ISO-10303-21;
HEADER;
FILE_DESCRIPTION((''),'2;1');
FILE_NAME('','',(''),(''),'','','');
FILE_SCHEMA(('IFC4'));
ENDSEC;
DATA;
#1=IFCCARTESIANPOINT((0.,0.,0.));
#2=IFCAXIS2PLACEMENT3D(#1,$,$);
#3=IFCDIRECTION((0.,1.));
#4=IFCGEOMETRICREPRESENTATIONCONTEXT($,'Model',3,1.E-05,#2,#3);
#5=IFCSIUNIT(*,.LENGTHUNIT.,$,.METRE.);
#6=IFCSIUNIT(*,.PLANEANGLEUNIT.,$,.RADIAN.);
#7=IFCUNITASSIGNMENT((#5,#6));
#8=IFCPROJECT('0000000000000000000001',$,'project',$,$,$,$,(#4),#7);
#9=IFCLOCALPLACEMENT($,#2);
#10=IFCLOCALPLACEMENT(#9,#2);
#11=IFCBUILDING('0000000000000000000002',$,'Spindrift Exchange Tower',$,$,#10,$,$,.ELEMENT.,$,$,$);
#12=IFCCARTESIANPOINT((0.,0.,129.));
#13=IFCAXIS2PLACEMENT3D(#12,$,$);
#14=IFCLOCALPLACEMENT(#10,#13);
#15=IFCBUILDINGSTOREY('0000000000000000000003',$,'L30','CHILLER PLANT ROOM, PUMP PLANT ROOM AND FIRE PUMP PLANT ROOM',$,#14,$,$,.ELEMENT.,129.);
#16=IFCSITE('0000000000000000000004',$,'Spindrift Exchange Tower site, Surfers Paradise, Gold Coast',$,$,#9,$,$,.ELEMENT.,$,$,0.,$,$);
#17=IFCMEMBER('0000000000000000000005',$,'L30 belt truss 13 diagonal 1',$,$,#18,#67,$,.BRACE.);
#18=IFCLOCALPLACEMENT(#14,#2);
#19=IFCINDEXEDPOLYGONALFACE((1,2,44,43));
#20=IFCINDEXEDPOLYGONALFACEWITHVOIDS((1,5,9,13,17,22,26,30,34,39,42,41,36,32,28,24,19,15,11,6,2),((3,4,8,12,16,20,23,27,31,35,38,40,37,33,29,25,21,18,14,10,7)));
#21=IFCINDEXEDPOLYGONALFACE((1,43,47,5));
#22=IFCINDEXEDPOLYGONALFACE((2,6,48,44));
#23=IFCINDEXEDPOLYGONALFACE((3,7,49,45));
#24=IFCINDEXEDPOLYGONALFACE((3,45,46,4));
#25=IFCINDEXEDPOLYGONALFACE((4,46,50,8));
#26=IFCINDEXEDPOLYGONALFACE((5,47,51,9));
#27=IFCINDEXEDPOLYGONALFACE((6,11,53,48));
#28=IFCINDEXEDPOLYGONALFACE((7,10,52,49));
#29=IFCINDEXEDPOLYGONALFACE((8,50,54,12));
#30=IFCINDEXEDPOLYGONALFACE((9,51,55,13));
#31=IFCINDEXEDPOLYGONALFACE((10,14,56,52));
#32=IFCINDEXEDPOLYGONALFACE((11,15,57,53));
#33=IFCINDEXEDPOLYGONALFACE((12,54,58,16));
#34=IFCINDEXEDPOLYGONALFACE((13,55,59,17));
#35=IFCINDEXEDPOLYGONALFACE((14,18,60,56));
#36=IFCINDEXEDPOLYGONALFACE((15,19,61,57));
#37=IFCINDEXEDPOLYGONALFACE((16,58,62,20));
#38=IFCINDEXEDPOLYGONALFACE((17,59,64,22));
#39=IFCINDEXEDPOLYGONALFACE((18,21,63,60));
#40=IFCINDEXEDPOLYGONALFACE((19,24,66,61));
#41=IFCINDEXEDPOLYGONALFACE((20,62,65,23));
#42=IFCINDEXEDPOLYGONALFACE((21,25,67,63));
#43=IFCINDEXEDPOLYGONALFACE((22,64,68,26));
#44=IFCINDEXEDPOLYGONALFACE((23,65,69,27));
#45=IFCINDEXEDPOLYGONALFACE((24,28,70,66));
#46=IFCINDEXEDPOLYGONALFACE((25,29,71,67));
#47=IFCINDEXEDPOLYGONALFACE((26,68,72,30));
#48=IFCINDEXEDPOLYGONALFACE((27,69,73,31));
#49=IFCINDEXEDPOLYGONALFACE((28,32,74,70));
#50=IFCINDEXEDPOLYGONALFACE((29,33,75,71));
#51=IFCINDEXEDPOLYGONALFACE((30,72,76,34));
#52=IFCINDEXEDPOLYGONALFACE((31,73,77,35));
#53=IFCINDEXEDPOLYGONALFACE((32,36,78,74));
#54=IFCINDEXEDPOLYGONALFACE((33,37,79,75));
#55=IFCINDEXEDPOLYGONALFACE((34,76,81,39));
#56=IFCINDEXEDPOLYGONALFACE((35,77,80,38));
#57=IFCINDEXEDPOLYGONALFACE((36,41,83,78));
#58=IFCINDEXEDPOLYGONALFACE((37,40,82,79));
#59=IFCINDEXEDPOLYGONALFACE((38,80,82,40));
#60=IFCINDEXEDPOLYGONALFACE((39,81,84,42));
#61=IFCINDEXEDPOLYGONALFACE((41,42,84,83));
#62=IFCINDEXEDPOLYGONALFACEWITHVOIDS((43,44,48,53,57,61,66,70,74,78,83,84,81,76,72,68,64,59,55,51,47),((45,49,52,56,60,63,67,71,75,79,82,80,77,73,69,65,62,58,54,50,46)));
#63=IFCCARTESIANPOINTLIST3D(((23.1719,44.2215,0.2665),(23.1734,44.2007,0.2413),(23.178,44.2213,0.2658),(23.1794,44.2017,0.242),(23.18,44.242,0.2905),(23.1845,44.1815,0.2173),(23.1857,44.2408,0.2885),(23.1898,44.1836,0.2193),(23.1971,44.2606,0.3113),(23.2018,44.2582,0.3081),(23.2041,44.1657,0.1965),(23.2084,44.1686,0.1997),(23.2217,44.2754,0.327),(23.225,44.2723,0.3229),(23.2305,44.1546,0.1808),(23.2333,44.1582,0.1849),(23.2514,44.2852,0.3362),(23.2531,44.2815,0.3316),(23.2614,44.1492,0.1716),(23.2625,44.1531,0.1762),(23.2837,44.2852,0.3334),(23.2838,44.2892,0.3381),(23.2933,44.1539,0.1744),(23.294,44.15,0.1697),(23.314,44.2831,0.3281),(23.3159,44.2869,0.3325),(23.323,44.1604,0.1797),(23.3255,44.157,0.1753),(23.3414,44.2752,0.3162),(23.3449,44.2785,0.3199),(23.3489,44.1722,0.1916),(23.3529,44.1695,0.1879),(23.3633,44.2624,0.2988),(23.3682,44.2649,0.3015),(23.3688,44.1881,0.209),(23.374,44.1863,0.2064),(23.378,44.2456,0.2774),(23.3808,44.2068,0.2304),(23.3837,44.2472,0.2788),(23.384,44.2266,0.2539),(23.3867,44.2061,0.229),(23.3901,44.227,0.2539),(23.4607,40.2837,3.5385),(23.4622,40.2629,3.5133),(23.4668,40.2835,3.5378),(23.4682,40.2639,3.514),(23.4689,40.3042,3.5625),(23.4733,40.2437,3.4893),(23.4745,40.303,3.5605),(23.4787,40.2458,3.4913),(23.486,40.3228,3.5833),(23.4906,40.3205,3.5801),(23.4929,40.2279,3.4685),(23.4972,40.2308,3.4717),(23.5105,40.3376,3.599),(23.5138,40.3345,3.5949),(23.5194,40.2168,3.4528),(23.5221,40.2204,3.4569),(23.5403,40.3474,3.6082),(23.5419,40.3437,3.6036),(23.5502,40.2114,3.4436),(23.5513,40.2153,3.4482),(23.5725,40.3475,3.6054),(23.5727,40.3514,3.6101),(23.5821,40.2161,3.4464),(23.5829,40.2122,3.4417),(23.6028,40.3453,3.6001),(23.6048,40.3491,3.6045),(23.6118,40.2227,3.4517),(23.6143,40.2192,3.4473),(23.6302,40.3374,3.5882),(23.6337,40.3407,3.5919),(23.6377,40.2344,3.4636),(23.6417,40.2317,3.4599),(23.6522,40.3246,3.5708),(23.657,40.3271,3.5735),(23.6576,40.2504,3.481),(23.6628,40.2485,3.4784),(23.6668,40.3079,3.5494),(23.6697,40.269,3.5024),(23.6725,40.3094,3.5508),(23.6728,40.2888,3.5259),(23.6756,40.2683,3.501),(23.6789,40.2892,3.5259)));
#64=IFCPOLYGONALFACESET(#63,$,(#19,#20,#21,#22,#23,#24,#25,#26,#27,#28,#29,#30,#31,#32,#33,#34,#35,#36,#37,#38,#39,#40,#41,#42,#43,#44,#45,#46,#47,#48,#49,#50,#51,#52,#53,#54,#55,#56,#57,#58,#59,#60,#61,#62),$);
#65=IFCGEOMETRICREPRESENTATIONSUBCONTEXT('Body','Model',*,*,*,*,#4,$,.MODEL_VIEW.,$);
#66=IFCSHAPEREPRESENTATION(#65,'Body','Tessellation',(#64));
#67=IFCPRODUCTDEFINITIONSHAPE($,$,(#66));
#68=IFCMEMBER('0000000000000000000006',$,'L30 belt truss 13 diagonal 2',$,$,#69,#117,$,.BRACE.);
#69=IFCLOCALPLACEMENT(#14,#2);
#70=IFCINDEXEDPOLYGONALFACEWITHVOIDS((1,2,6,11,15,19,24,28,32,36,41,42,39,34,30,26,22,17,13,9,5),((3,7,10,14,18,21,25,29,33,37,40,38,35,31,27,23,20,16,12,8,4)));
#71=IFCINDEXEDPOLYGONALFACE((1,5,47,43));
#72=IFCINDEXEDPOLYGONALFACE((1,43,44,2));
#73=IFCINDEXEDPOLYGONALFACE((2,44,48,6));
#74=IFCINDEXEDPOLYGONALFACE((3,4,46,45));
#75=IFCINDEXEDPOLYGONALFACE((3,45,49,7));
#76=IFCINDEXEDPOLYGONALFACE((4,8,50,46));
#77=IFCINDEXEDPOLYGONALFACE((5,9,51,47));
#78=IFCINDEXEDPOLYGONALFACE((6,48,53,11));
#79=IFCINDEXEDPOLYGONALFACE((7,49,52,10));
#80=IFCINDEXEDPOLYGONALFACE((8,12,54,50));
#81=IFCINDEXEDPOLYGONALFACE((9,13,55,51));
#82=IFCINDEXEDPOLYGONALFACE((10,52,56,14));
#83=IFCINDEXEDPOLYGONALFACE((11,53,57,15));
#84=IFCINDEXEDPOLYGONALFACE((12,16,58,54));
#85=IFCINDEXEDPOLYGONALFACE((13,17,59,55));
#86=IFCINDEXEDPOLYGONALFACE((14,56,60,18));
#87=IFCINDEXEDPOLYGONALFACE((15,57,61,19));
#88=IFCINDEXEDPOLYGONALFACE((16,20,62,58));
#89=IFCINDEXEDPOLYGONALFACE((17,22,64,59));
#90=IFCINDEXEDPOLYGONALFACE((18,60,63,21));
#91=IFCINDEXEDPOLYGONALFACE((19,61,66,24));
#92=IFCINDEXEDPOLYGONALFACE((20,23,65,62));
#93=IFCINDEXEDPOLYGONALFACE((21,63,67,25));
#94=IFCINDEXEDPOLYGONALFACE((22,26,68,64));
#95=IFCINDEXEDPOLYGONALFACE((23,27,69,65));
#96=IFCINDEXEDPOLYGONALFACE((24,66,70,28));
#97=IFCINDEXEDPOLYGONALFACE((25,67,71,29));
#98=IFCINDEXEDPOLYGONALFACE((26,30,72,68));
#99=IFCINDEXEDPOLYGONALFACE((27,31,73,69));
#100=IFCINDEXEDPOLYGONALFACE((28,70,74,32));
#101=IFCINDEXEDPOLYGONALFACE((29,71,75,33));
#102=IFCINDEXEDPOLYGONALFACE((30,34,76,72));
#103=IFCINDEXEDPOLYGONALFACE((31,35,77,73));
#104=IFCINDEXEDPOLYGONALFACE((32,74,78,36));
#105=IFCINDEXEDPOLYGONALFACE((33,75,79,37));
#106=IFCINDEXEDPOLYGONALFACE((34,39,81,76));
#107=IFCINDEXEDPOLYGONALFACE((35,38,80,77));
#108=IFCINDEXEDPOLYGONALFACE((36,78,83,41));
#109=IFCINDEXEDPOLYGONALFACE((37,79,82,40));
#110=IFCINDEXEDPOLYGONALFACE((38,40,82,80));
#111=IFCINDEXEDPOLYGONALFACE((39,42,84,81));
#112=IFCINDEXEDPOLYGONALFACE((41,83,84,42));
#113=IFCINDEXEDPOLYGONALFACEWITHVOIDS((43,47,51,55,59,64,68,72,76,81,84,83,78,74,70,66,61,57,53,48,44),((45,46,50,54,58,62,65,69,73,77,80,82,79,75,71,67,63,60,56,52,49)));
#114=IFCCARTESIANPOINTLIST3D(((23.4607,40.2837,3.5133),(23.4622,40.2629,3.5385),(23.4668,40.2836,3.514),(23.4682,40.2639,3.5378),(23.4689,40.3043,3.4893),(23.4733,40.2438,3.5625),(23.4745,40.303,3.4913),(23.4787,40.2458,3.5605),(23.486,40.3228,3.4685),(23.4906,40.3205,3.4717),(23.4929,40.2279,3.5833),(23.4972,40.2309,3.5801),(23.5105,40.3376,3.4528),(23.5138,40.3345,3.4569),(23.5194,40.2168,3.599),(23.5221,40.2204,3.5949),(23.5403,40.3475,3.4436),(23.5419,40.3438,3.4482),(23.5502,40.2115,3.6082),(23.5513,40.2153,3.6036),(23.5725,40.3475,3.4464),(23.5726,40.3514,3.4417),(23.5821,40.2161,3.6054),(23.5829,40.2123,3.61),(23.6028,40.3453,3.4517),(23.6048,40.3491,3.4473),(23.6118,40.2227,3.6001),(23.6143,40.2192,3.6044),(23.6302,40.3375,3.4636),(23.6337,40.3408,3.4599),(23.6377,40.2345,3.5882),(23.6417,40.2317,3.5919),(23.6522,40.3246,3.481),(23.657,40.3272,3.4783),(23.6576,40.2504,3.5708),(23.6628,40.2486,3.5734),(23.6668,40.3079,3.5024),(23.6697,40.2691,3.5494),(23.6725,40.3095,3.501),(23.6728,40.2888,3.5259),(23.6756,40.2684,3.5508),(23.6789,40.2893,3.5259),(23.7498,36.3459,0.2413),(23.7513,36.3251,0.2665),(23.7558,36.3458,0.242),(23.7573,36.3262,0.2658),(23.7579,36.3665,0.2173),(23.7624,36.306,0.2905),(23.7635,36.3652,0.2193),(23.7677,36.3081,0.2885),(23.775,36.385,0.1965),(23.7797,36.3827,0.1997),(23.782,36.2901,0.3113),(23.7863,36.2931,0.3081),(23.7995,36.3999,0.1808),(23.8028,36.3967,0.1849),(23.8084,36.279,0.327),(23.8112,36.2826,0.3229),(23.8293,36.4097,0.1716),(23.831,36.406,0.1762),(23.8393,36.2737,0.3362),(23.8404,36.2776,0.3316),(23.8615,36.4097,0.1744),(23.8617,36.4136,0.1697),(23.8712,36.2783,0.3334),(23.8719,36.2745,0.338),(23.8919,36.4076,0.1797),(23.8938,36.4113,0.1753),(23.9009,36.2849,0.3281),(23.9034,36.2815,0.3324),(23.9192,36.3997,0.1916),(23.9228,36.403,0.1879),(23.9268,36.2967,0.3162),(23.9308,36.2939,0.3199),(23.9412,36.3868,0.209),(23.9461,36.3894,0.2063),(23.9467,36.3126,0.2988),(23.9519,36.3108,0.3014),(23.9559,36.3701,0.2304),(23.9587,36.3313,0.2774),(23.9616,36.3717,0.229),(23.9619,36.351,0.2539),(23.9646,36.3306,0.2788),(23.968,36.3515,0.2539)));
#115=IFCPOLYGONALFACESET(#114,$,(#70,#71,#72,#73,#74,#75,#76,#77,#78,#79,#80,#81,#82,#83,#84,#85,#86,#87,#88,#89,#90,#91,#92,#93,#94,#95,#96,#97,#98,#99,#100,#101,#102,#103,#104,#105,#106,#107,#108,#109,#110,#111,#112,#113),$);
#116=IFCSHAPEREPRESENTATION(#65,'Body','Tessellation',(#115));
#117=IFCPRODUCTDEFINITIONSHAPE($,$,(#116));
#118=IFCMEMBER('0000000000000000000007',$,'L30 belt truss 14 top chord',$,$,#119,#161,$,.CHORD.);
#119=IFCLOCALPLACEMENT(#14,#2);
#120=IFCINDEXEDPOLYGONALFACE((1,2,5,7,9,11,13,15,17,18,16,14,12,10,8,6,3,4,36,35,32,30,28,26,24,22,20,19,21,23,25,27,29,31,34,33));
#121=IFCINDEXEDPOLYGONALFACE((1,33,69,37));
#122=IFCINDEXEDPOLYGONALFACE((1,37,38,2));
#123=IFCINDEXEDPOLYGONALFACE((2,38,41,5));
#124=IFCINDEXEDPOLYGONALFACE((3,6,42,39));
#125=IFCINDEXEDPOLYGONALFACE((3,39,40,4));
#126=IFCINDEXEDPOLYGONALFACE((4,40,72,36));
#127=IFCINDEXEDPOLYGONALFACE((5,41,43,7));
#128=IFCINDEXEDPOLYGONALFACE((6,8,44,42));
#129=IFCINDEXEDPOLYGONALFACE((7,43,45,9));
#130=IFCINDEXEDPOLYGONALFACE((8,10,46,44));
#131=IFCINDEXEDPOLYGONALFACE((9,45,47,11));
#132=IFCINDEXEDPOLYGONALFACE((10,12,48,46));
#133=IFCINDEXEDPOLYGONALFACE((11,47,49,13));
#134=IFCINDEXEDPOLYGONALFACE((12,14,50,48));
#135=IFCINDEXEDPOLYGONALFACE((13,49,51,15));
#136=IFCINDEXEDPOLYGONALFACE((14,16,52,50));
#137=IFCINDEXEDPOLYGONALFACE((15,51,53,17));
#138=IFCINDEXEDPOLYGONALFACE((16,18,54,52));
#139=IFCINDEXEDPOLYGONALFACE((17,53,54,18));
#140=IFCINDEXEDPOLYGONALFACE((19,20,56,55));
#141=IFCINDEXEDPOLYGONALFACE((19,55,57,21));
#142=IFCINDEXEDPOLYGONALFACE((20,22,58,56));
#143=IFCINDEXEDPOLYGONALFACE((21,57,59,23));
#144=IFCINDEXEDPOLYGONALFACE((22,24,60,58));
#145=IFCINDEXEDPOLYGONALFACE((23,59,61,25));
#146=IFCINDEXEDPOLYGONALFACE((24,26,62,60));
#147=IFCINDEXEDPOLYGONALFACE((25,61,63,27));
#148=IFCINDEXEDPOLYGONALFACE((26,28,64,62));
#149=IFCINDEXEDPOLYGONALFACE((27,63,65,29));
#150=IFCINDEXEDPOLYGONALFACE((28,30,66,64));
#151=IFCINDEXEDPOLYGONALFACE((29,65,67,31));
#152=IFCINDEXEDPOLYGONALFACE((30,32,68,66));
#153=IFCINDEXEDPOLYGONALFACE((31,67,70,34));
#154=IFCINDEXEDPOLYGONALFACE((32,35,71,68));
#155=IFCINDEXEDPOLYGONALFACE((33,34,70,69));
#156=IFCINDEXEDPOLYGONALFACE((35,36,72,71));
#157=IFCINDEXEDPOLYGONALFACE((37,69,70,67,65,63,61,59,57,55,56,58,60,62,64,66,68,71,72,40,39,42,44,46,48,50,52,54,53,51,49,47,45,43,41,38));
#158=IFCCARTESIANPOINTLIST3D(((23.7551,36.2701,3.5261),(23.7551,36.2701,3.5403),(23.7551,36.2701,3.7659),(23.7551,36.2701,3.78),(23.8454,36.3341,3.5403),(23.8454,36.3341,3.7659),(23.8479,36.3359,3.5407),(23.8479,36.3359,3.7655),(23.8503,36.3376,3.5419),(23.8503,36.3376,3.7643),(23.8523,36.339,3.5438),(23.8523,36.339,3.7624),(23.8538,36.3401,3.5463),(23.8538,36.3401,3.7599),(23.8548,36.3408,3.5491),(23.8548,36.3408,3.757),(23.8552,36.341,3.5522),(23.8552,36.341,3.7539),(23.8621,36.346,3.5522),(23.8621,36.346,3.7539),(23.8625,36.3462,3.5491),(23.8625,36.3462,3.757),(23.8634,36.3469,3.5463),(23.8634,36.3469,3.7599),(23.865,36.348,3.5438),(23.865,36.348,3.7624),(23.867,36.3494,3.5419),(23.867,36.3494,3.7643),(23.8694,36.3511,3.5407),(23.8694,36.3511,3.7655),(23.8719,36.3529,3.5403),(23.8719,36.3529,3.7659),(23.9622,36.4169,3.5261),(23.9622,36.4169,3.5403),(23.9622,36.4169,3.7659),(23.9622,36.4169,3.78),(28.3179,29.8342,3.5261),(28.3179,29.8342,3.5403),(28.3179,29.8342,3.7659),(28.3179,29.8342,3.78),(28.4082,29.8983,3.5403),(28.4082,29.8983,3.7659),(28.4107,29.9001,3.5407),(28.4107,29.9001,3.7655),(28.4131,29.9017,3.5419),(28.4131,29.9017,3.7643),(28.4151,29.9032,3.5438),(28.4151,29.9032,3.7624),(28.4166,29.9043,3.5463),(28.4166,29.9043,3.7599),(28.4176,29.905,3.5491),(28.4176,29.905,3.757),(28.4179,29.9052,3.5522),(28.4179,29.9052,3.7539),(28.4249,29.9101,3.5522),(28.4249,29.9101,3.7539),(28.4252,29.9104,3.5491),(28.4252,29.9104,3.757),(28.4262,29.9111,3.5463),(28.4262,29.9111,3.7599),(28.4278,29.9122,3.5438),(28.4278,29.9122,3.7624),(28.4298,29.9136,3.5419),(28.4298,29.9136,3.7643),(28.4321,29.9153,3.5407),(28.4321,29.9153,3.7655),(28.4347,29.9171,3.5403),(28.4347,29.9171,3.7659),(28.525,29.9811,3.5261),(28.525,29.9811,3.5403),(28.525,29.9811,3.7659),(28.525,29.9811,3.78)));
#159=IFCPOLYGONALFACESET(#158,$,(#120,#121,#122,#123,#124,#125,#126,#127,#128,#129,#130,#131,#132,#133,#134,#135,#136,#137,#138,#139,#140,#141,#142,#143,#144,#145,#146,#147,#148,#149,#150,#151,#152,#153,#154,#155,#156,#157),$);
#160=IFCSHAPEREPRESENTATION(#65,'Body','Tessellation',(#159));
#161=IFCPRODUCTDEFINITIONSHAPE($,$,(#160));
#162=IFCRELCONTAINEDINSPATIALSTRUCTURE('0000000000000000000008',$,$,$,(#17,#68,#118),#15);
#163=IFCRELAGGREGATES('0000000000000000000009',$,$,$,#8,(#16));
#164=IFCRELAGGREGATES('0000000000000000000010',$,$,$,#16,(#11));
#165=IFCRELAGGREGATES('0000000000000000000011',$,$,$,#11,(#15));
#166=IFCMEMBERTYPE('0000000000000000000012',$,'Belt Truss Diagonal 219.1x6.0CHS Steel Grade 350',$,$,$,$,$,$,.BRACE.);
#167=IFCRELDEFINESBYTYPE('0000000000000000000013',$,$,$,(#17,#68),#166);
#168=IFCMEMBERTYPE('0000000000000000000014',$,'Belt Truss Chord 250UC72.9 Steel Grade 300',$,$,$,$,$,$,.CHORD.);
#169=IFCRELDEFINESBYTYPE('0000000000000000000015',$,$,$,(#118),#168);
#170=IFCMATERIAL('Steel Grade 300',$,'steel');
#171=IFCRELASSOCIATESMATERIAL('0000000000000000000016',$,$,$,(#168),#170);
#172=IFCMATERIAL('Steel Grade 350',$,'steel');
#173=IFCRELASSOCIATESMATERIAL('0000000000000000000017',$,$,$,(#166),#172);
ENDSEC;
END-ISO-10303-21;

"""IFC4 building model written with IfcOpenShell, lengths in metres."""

from ifc_helpers import new_model, si_unit, direction, frame, origin, origin_2d, place, context, subcontext, project, spatial, hollow_circle, i_section, extrude, source, transform, mapped, material, material_profile, profile_set, type_object, element, save


model = new_model("IFC4")

# Units and contexts
model_context = context("Model", 3, precision=1e-05, world=origin(), true_north=direction((0.0, 1.0)))
body_context = subcontext(model_context, "Body", "Model", "MODEL_VIEW")
ifc_project = project(units=[si_unit("LENGTHUNIT", "METRE"), si_unit("PLANEANGLEUNIT", "RADIAN")], contexts=[model_context])

# Site, building, storey
site_placement = place(None, origin())
site = spatial("IfcSite", under=ifc_project, at=site_placement, Name="Spindrift Exchange Tower site, Surfers Paradise, Gold Coast", CompositionType="ELEMENT", RefElevation=0.0)
building_placement = place(site_placement, origin())
building = spatial("IfcBuilding", under=site, at=building_placement, Name="Spindrift Exchange Tower", CompositionType="ELEMENT")
storey_placement = place(building_placement, frame((0.0, 0.0, 129.0)))
storey = spatial("IfcBuildingStorey", under=building, at=storey_placement, Name="L30", Description="CHILLER PLANT ROOM, PUMP PLANT ROOM AND FIRE PUMP PLANT ROOM", CompositionType="ELEMENT", Elevation=129.0)

# Members
ifc_material_1 = material(Name="Steel Grade 300", Category="steel")
ifc_material_profile_1 = material_profile(ifc_material_1, i_section(OverallWidth=0.2539, OverallDepth=0.2539, WebThickness=0.0085, FlangeThickness=0.0142, FilletRadius=0.012, at=origin_2d()), Name="250UC72.9")
ifc_profile_set_1 = profile_set([ifc_material_profile_1], Name="Steel Grade 300")
member_type_1 = type_object("IfcMemberType", Name="Belt Truss Chord 250UC72.9 Steel Grade 300", PredefinedType="CHORD", material=ifc_profile_set_1)
ifc_material_2 = material(Name="Steel Grade 350", Category="steel")
ifc_material_profile_2 = material_profile(ifc_material_2, hollow_circle(Radius=0.1096, WallThickness=0.0061, at=origin_2d()), Name="219.1x6.0CHS")
ifc_profile_set_2 = profile_set([ifc_material_profile_2], Name="Steel Grade 350")
member_type_2 = type_object("IfcMemberType", Name="Belt Truss Diagonal 219.1x6.0CHS Steel Grade 350", PredefinedType="BRACE", material=ifc_profile_set_2)
shared_shape_1 = source(origin(), body_context, "Body", "SweptSolid", [
    extrude(hollow_circle(Radius=0.1096, WallThickness=0.0061, at=origin_2d()), origin(), (0.0, 0.0, 1.0), 5.1279),
])
for number, where, z_axis, x_axis, name in (
    (1, (23.2808, 44.219, 0.2539), (0.056323, -0.76791, 0.638076), (0.997321, 0.07315, 0.0), "L30 belt truss 13 diagonal 1"),
    (2, (23.5696, 40.2812, 3.5259), (0.056371, -0.767908, -0.638075), (0.997316, 0.073211, 0.0), "L30 belt truss 13 diagonal 2"),
):
    element("IfcMember", number, at=place(storey_placement, frame(where, z_axis=z_axis, x_axis=x_axis)), inside=storey, type_object=member_type_2, Name=name, PredefinedType="BRACE", context=body_context, shape_type="MappedRepresentation", body=[
        mapped(shared_shape_1, transform((0.0, 0.0, 0.0), scale=1.0)),
    ])
shared_shape_2 = source(origin(), body_context, "Body", "SweptSolid", [
    extrude(i_section(OverallWidth=0.2539, OverallDepth=0.2539, WebThickness=0.0085, FlangeThickness=0.0142, FilletRadius=0.012, at=origin_2d()), origin(), (0.0, 0.0, 1.0), 7.8892),
])
for number, where, z_axis, x_axis, name in (
    (3, (23.8586, 36.3435, 3.6531), (0.57836, -0.815782, 0.0), (0.815782, 0.57836, 0.0), "L30 belt truss 14 top chord"),
):
    element("IfcMember", number, at=place(storey_placement, frame(where, z_axis=z_axis, x_axis=x_axis)), inside=storey, type_object=member_type_1, Name=name, PredefinedType="CHORD", context=body_context, shape_type="MappedRepresentation", body=[
        mapped(shared_shape_2, transform((0.0, 0.0, 0.0), scale=1.0)),
    ])

save(model, "model.ifc")
